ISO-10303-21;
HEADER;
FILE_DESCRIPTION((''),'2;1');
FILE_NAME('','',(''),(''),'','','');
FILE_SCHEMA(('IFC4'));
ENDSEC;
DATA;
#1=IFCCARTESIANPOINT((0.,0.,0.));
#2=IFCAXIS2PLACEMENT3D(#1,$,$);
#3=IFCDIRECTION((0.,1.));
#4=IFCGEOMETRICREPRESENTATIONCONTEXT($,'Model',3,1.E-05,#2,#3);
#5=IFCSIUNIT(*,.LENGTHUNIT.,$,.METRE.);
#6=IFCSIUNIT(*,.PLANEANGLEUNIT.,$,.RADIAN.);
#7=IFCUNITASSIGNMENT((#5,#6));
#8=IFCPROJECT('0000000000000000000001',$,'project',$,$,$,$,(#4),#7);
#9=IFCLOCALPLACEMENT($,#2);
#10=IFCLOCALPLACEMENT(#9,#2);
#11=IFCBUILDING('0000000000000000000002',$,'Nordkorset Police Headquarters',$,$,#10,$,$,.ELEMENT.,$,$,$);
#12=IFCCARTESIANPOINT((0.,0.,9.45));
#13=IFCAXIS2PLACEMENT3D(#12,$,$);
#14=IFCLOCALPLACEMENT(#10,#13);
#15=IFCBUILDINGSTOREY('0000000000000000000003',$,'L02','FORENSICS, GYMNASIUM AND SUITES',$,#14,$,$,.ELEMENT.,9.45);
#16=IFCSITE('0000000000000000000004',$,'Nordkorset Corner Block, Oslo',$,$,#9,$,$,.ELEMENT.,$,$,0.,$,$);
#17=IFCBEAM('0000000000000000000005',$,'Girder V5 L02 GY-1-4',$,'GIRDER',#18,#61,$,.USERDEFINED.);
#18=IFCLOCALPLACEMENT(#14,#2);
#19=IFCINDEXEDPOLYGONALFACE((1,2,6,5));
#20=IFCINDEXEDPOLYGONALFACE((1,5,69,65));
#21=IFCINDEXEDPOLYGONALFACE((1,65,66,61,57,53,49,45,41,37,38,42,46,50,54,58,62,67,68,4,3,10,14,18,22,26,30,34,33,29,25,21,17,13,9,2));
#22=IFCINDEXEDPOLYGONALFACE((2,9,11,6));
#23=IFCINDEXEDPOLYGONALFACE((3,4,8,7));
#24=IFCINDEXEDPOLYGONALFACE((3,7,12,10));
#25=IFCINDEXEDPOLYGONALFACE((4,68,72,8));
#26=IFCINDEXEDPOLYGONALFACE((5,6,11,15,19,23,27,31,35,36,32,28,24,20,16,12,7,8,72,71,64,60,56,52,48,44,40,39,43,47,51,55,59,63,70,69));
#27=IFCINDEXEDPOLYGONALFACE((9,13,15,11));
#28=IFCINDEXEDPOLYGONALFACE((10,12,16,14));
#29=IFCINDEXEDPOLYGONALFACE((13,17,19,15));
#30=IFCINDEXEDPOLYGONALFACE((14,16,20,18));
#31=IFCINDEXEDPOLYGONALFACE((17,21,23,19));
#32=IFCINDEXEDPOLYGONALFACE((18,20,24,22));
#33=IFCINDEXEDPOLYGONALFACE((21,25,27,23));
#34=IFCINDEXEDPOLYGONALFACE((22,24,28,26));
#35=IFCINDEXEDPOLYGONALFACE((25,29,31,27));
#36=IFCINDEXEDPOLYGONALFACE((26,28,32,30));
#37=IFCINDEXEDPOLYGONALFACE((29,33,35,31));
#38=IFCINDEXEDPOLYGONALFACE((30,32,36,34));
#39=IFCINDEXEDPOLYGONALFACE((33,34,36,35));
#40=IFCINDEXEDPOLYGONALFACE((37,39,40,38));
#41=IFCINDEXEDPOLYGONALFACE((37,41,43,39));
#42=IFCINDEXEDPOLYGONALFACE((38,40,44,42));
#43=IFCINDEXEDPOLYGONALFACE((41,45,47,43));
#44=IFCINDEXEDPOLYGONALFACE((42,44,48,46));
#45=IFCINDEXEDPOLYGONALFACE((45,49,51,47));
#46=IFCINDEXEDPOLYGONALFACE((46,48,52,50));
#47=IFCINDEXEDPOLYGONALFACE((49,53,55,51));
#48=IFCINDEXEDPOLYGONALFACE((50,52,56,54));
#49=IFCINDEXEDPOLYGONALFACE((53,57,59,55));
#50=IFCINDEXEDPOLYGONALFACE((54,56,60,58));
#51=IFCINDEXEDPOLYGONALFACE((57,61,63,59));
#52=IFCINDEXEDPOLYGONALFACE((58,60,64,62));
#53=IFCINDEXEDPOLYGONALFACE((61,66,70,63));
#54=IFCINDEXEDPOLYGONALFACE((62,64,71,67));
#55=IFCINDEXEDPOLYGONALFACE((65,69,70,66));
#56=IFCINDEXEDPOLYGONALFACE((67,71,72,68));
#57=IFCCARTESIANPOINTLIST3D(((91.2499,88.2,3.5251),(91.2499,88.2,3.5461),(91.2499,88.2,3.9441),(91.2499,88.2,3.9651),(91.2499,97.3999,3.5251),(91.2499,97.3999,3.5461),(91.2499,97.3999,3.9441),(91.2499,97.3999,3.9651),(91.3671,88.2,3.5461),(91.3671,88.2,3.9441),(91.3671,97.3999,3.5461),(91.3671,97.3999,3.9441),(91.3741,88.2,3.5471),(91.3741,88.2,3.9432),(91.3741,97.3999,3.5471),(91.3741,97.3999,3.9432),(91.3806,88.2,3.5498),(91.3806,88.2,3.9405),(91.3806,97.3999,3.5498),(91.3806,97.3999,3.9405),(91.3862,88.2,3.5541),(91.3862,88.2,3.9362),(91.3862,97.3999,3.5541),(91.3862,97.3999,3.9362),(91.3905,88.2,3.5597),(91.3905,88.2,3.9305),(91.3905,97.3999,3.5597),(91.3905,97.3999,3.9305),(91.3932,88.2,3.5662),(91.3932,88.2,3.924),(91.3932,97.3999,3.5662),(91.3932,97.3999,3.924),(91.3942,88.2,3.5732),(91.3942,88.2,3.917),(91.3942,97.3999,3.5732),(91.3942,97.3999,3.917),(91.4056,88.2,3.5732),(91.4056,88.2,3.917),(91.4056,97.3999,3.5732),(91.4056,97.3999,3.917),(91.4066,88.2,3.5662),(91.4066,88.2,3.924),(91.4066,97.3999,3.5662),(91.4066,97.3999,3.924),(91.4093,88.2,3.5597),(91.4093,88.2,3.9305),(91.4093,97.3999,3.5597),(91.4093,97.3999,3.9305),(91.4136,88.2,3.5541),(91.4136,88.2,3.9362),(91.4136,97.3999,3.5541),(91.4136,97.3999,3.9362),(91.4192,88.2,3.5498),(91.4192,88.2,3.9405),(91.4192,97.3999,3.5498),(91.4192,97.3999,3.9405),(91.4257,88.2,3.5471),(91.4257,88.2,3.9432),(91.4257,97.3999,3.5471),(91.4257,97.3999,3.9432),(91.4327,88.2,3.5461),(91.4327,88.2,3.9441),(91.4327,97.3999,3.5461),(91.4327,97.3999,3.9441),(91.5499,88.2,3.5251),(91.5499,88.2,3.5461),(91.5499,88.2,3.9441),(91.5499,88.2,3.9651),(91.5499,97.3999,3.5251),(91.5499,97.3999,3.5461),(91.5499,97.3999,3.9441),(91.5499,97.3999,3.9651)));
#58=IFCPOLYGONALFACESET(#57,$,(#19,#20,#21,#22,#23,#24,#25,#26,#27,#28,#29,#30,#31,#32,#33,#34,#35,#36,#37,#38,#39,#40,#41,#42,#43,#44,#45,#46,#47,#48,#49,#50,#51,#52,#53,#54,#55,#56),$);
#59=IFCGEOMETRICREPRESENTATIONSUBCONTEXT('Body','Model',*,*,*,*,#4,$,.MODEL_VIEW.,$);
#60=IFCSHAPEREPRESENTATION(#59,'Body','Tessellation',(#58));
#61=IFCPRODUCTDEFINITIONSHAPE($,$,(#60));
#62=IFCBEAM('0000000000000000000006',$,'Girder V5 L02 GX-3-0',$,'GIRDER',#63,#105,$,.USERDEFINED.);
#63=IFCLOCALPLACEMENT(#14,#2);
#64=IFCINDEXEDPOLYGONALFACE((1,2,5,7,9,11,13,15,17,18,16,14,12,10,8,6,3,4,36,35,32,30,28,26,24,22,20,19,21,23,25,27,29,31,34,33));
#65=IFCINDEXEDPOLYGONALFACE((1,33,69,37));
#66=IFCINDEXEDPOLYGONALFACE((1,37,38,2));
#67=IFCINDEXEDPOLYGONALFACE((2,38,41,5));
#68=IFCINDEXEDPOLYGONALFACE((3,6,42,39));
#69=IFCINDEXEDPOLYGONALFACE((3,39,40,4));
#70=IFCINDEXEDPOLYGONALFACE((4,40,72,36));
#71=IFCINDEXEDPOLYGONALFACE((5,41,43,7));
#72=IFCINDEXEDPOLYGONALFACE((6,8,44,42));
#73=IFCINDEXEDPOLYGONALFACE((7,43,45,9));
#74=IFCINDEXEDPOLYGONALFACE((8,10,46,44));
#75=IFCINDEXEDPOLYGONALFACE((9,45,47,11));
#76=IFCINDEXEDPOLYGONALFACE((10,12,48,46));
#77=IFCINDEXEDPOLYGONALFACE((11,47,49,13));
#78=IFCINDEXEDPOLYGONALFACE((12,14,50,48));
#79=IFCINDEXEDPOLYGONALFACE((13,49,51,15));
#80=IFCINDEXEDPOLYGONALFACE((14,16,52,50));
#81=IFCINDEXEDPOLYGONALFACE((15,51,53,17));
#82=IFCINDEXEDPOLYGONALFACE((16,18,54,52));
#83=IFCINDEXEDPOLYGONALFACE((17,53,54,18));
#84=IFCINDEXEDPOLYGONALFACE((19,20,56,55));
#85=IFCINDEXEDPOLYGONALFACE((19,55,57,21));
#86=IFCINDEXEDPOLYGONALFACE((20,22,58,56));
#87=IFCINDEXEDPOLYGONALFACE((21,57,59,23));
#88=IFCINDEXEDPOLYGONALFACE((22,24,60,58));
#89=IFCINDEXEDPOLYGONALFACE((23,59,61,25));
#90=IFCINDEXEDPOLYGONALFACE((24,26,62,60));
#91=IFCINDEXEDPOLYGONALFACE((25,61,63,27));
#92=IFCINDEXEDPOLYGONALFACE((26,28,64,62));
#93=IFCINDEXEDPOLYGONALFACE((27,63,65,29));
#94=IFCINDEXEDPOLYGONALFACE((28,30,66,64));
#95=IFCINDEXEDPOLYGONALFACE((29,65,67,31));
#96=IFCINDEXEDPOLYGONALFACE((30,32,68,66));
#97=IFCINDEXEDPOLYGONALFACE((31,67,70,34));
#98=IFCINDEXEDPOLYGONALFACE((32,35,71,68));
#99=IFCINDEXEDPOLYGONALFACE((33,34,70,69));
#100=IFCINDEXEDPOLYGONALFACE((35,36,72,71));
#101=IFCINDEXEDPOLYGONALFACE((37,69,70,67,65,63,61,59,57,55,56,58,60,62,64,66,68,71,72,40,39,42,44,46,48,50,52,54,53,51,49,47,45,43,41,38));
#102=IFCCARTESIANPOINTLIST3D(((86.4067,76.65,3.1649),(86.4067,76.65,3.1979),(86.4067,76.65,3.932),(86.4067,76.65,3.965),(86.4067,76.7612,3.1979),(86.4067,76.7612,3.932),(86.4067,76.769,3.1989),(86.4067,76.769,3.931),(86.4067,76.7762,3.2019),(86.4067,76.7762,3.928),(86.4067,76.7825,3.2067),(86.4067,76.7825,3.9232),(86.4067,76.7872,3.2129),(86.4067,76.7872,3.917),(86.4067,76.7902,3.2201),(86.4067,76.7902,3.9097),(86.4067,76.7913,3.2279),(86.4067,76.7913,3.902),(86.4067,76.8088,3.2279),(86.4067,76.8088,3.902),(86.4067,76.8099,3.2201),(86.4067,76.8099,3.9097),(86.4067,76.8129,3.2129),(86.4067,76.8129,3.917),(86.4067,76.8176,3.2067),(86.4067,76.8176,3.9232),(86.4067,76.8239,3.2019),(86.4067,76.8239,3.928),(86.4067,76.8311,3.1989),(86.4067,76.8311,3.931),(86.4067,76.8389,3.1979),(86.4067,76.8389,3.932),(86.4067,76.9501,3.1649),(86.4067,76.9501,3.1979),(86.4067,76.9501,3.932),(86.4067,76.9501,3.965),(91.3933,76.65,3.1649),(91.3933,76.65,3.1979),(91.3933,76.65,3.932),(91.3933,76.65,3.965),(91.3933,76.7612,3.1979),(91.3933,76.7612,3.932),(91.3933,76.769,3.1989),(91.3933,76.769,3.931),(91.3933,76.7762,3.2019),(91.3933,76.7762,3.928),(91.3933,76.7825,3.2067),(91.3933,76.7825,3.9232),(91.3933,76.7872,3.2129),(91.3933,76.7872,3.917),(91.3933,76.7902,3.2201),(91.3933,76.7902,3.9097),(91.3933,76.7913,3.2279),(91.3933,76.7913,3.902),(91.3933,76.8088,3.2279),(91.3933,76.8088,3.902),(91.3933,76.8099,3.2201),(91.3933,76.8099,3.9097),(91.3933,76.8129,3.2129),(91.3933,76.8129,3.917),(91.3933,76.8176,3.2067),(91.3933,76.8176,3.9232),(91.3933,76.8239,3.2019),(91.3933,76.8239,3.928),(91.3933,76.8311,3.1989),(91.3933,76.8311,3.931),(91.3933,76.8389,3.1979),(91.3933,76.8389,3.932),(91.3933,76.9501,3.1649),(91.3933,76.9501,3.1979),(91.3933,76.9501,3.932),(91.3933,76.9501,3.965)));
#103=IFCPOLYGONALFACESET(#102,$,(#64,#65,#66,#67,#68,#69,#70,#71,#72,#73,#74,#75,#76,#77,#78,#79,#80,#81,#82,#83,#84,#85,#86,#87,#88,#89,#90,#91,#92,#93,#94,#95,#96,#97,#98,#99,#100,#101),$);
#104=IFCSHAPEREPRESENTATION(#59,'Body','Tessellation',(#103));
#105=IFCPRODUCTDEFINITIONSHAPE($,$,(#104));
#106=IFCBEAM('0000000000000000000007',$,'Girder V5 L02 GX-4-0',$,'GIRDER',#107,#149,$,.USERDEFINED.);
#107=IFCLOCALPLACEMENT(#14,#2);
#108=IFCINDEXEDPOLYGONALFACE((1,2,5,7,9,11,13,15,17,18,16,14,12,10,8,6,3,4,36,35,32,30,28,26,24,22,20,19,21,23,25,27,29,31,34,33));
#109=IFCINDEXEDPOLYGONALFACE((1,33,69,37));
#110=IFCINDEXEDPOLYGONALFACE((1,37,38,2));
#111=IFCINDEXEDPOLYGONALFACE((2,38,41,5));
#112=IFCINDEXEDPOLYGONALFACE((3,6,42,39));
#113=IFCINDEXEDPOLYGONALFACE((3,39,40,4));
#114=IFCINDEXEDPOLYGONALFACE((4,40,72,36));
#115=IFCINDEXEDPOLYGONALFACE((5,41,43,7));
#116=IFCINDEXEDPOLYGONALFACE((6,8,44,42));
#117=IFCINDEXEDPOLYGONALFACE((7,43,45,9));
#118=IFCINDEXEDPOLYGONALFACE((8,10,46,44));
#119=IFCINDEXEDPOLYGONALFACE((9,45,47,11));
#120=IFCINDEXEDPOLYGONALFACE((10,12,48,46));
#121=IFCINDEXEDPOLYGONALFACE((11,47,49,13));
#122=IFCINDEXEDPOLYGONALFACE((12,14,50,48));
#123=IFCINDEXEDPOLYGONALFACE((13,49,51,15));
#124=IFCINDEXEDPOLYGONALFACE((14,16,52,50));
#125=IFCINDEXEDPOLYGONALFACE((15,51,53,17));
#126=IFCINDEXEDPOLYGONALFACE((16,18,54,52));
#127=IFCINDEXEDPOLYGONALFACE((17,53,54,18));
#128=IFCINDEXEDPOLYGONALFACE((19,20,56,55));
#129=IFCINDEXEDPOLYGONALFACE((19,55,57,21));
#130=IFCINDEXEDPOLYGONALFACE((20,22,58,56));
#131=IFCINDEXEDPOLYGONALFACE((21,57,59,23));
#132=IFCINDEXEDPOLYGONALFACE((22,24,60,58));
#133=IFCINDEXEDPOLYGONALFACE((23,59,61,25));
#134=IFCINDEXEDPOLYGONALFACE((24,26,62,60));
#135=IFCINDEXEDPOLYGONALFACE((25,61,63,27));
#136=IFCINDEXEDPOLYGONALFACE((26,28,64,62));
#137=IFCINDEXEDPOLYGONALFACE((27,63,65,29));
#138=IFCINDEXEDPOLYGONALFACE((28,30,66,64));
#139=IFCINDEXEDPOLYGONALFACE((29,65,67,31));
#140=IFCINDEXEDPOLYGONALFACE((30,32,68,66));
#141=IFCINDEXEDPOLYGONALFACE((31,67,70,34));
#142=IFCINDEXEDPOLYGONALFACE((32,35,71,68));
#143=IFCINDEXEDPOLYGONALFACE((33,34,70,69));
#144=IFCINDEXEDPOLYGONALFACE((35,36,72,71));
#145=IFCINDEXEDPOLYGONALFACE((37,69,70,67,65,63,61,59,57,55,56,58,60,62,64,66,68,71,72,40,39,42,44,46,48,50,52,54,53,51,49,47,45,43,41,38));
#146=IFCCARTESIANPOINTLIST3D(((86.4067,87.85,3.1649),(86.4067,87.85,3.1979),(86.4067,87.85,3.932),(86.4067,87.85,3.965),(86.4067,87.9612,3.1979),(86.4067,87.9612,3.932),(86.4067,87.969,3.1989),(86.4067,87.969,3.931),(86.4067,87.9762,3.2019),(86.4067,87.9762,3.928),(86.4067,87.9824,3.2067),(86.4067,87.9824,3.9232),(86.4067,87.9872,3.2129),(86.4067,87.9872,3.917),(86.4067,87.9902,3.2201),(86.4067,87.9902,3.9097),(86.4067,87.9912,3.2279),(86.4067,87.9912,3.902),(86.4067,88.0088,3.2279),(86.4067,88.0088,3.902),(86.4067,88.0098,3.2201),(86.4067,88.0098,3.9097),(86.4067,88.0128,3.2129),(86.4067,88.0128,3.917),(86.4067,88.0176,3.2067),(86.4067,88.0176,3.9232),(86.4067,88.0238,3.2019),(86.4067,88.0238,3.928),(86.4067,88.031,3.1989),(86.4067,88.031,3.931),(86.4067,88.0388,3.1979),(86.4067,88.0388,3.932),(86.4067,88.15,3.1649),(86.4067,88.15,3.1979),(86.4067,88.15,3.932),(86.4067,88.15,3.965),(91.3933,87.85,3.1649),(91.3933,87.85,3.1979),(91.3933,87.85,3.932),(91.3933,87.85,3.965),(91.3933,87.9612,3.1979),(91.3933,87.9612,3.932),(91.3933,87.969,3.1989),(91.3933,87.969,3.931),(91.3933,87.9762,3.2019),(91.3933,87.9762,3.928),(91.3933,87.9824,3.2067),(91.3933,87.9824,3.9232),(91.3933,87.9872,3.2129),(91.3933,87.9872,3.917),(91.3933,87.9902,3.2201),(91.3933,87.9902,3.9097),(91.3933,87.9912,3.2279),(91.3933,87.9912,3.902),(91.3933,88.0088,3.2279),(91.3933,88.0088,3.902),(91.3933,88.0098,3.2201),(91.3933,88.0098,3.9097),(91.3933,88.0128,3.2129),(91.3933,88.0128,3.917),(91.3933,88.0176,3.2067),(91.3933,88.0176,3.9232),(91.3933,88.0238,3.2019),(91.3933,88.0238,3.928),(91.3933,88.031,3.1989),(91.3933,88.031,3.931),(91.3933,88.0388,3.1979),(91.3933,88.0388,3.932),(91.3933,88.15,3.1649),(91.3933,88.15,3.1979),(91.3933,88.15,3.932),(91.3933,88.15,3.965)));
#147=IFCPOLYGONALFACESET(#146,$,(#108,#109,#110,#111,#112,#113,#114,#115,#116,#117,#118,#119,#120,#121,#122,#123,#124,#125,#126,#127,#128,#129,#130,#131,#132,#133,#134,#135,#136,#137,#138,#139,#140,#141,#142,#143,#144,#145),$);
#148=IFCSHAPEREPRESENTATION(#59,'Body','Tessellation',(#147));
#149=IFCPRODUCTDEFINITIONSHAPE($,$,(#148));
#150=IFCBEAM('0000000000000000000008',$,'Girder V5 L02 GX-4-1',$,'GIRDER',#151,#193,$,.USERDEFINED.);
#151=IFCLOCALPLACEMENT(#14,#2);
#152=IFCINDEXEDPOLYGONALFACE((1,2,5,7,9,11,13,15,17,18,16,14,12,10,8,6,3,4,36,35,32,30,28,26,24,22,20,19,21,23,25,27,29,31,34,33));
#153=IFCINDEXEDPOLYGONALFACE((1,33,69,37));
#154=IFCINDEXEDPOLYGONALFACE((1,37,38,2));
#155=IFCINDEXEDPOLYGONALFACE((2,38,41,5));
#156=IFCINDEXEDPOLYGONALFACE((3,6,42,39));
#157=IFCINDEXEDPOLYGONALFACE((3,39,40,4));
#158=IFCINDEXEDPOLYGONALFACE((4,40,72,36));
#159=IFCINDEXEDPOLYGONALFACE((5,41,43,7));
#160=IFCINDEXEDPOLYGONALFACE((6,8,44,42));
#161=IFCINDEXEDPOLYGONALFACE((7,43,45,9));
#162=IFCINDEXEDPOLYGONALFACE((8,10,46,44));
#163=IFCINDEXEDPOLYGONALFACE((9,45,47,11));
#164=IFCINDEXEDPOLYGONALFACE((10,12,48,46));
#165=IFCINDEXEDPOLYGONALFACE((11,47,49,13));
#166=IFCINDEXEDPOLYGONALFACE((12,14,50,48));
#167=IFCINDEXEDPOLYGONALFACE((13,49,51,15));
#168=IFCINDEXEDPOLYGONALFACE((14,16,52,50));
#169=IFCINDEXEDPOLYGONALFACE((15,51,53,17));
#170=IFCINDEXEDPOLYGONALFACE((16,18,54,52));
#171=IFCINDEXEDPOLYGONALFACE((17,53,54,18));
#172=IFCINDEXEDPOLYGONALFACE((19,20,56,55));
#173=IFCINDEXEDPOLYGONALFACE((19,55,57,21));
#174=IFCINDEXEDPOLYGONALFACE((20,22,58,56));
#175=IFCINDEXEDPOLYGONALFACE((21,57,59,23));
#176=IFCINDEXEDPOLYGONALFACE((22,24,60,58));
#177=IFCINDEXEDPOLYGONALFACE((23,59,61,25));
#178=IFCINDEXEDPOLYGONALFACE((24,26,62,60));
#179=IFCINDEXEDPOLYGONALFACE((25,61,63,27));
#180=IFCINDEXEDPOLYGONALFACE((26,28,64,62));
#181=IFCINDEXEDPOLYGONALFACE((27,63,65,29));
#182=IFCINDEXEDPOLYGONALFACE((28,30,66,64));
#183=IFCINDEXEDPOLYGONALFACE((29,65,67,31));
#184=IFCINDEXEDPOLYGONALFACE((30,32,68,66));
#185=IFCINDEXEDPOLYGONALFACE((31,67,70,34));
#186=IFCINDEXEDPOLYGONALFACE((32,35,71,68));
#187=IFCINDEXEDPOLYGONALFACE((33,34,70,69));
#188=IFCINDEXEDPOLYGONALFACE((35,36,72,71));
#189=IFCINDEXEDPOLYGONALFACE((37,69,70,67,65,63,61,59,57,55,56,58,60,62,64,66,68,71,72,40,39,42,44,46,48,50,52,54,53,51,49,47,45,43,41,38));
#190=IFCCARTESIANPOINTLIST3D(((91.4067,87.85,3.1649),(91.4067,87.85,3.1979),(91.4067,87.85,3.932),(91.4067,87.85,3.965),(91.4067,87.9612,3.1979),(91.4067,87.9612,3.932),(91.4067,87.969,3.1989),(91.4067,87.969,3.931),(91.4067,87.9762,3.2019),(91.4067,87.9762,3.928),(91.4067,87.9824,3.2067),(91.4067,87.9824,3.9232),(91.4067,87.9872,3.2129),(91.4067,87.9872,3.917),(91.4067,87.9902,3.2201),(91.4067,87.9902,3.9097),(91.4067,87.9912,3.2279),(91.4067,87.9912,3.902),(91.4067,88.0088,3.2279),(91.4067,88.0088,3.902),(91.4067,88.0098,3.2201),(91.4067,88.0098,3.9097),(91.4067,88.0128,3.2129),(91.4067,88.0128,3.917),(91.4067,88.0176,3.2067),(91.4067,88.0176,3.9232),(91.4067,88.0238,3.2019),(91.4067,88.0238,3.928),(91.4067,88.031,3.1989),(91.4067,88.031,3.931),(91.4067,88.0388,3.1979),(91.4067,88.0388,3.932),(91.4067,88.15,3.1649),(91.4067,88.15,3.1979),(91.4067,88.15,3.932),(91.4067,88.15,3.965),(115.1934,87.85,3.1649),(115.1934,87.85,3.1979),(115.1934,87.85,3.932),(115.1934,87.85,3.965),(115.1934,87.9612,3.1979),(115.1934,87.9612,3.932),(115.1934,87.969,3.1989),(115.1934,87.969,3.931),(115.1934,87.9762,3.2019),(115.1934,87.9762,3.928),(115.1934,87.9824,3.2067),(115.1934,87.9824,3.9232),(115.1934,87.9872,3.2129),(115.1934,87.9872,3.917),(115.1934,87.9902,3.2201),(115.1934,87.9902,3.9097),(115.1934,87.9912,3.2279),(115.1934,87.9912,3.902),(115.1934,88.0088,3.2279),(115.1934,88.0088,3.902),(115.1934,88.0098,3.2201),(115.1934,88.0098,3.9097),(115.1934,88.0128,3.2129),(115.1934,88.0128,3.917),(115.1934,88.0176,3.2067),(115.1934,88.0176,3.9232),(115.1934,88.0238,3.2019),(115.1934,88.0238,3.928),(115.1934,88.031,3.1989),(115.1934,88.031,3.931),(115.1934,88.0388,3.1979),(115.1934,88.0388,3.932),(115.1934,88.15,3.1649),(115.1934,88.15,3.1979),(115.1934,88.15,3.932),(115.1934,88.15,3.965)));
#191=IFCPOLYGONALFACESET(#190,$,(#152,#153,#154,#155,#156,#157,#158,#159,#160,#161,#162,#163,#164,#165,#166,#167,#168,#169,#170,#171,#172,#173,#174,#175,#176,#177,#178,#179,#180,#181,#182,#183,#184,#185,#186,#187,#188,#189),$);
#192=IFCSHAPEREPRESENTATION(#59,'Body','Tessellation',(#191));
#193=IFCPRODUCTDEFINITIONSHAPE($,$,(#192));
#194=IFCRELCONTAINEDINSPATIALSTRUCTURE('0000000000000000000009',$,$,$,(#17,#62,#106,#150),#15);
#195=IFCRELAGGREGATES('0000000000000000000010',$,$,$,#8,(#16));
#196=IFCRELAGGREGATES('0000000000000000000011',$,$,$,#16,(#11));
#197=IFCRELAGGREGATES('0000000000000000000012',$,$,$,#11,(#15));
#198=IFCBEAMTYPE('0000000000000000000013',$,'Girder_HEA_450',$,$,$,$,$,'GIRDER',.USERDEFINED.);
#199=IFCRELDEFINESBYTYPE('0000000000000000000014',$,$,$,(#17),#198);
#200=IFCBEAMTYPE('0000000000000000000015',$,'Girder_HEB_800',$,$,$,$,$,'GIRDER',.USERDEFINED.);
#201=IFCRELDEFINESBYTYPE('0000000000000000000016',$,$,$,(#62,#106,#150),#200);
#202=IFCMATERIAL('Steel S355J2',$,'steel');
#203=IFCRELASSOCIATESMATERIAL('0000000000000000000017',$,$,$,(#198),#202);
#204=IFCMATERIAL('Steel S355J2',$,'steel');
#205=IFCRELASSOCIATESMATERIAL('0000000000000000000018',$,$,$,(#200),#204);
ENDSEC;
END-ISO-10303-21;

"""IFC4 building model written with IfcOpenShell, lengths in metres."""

from ifc_helpers import new_model, si_unit, direction, frame, origin, origin_2d, place, context, subcontext, project, spatial, i_section, extrude, material, material_profile, profile_set, type_object, element, save


model = new_model("IFC4")

# Units and contexts
model_context = context("Model", 3, precision=1e-05, world=origin(), true_north=direction((0.0, 1.0)))
body_context = subcontext(model_context, "Body", "Model", "MODEL_VIEW")
ifc_project = project(units=[si_unit("LENGTHUNIT", "METRE"), si_unit("PLANEANGLEUNIT", "RADIAN")], contexts=[model_context])

# Site, building, storey
site_placement = place(None, origin())
site = spatial("IfcSite", under=ifc_project, at=site_placement, Name="Nordkorset Corner Block, Oslo", CompositionType="ELEMENT", RefElevation=0.0)
building_placement = place(site_placement, origin())
building = spatial("IfcBuilding", under=site, at=building_placement, Name="Nordkorset Police Headquarters", CompositionType="ELEMENT")
storey_placement = place(building_placement, frame((0.0, 0.0, 9.45)))
storey = spatial("IfcBuildingStorey", under=building, at=storey_placement, Name="L02", Description="FORENSICS, GYMNASIUM AND SUITES", CompositionType="ELEMENT", Elevation=9.45)

# Beams
ifc_material_1 = material(Name="Steel S355J2", Category="steel")
ifc_material_profile_1 = material_profile(ifc_material_1, i_section(OverallWidth=0.3, OverallDepth=0.4399, WebThickness=0.0115, FlangeThickness=0.021, FilletRadius=0.0271, at=origin_2d()), Name="HEA 450")
ifc_profile_set_1 = profile_set([ifc_material_profile_1], Name="Steel S355J2")
beam_type_1 = type_object("IfcBeamType", Name="Girder_HEA_450", ElementType="GIRDER", PredefinedType="USERDEFINED", material=ifc_profile_set_1)
beam_1_placement = place(storey_placement, frame((91.3999, 88.2, 3.7451), z_axis=(0.0, 1.0, 0.0), x_axis=(-1.0, 0.0, 0.0)))
element("IfcBeam", 1, at=beam_1_placement, inside=storey, type_object=beam_type_1, Name="Girder V5 L02 GY-1-4", ObjectType="GIRDER", PredefinedType="USERDEFINED", context=body_context, shape_type="SweptSolid", body=[
    extrude(i_section(OverallWidth=0.3, OverallDepth=0.4399, WebThickness=0.0115, FlangeThickness=0.021, FilletRadius=0.0271, at=origin_2d()), origin(), (0.0, 0.0, 1.0), 9.2),
])
ifc_material_2 = material(Name="Steel S355J2", Category="steel")
ifc_material_profile_2 = material_profile(ifc_material_2, i_section(OverallWidth=0.3, OverallDepth=0.8, WebThickness=0.0176, FlangeThickness=0.033, FilletRadius=0.03, at=origin_2d()), Name="HEB 800")
ifc_profile_set_2 = profile_set([ifc_material_profile_2], Name="Steel S355J2")
beam_type_2 = type_object("IfcBeamType", Name="Girder_HEB_800", ElementType="GIRDER", PredefinedType="USERDEFINED", material=ifc_profile_set_2)
for number, where, z_axis, x_axis, name in (
    (2, (86.4067, 76.8, 3.5649), (1.0, 0.0, 0.0), (0.0, 1.0, 0.0), "Girder V5 L02 GX-3-0"),
    (3, (86.4067, 88.0, 3.5649), (1.0, 0.0, 0.0), (0.0, 1.0, 0.0), "Girder V5 L02 GX-4-0"),
):
    element("IfcBeam", number, at=place(storey_placement, frame(where, z_axis=z_axis, x_axis=x_axis)), inside=storey, type_object=beam_type_2, Name=name, ObjectType="GIRDER", PredefinedType="USERDEFINED", context=body_context, shape_type="SweptSolid", body=[
        extrude(i_section(OverallWidth=0.3, OverallDepth=0.8, WebThickness=0.0176, FlangeThickness=0.033, FilletRadius=0.03, at=origin_2d()), origin(), (0.0, 0.0, 1.0), 4.9866),
    ])
beam_2_placement = place(storey_placement, frame((91.4067, 88.0, 3.5649), z_axis=(1.0, 0.0, 0.0), x_axis=(0.0, 1.0, 0.0)))
element("IfcBeam", 4, at=beam_2_placement, inside=storey, type_object=beam_type_2, Name="Girder V5 L02 GX-4-1", ObjectType="GIRDER", PredefinedType="USERDEFINED", context=body_context, shape_type="SweptSolid", body=[
    extrude(i_section(OverallWidth=0.3, OverallDepth=0.8, WebThickness=0.0176, FlangeThickness=0.033, FilletRadius=0.03, at=origin_2d()), origin(), (0.0, 0.0, 1.0), 23.7866),
])

save(model, "model.ifc")
